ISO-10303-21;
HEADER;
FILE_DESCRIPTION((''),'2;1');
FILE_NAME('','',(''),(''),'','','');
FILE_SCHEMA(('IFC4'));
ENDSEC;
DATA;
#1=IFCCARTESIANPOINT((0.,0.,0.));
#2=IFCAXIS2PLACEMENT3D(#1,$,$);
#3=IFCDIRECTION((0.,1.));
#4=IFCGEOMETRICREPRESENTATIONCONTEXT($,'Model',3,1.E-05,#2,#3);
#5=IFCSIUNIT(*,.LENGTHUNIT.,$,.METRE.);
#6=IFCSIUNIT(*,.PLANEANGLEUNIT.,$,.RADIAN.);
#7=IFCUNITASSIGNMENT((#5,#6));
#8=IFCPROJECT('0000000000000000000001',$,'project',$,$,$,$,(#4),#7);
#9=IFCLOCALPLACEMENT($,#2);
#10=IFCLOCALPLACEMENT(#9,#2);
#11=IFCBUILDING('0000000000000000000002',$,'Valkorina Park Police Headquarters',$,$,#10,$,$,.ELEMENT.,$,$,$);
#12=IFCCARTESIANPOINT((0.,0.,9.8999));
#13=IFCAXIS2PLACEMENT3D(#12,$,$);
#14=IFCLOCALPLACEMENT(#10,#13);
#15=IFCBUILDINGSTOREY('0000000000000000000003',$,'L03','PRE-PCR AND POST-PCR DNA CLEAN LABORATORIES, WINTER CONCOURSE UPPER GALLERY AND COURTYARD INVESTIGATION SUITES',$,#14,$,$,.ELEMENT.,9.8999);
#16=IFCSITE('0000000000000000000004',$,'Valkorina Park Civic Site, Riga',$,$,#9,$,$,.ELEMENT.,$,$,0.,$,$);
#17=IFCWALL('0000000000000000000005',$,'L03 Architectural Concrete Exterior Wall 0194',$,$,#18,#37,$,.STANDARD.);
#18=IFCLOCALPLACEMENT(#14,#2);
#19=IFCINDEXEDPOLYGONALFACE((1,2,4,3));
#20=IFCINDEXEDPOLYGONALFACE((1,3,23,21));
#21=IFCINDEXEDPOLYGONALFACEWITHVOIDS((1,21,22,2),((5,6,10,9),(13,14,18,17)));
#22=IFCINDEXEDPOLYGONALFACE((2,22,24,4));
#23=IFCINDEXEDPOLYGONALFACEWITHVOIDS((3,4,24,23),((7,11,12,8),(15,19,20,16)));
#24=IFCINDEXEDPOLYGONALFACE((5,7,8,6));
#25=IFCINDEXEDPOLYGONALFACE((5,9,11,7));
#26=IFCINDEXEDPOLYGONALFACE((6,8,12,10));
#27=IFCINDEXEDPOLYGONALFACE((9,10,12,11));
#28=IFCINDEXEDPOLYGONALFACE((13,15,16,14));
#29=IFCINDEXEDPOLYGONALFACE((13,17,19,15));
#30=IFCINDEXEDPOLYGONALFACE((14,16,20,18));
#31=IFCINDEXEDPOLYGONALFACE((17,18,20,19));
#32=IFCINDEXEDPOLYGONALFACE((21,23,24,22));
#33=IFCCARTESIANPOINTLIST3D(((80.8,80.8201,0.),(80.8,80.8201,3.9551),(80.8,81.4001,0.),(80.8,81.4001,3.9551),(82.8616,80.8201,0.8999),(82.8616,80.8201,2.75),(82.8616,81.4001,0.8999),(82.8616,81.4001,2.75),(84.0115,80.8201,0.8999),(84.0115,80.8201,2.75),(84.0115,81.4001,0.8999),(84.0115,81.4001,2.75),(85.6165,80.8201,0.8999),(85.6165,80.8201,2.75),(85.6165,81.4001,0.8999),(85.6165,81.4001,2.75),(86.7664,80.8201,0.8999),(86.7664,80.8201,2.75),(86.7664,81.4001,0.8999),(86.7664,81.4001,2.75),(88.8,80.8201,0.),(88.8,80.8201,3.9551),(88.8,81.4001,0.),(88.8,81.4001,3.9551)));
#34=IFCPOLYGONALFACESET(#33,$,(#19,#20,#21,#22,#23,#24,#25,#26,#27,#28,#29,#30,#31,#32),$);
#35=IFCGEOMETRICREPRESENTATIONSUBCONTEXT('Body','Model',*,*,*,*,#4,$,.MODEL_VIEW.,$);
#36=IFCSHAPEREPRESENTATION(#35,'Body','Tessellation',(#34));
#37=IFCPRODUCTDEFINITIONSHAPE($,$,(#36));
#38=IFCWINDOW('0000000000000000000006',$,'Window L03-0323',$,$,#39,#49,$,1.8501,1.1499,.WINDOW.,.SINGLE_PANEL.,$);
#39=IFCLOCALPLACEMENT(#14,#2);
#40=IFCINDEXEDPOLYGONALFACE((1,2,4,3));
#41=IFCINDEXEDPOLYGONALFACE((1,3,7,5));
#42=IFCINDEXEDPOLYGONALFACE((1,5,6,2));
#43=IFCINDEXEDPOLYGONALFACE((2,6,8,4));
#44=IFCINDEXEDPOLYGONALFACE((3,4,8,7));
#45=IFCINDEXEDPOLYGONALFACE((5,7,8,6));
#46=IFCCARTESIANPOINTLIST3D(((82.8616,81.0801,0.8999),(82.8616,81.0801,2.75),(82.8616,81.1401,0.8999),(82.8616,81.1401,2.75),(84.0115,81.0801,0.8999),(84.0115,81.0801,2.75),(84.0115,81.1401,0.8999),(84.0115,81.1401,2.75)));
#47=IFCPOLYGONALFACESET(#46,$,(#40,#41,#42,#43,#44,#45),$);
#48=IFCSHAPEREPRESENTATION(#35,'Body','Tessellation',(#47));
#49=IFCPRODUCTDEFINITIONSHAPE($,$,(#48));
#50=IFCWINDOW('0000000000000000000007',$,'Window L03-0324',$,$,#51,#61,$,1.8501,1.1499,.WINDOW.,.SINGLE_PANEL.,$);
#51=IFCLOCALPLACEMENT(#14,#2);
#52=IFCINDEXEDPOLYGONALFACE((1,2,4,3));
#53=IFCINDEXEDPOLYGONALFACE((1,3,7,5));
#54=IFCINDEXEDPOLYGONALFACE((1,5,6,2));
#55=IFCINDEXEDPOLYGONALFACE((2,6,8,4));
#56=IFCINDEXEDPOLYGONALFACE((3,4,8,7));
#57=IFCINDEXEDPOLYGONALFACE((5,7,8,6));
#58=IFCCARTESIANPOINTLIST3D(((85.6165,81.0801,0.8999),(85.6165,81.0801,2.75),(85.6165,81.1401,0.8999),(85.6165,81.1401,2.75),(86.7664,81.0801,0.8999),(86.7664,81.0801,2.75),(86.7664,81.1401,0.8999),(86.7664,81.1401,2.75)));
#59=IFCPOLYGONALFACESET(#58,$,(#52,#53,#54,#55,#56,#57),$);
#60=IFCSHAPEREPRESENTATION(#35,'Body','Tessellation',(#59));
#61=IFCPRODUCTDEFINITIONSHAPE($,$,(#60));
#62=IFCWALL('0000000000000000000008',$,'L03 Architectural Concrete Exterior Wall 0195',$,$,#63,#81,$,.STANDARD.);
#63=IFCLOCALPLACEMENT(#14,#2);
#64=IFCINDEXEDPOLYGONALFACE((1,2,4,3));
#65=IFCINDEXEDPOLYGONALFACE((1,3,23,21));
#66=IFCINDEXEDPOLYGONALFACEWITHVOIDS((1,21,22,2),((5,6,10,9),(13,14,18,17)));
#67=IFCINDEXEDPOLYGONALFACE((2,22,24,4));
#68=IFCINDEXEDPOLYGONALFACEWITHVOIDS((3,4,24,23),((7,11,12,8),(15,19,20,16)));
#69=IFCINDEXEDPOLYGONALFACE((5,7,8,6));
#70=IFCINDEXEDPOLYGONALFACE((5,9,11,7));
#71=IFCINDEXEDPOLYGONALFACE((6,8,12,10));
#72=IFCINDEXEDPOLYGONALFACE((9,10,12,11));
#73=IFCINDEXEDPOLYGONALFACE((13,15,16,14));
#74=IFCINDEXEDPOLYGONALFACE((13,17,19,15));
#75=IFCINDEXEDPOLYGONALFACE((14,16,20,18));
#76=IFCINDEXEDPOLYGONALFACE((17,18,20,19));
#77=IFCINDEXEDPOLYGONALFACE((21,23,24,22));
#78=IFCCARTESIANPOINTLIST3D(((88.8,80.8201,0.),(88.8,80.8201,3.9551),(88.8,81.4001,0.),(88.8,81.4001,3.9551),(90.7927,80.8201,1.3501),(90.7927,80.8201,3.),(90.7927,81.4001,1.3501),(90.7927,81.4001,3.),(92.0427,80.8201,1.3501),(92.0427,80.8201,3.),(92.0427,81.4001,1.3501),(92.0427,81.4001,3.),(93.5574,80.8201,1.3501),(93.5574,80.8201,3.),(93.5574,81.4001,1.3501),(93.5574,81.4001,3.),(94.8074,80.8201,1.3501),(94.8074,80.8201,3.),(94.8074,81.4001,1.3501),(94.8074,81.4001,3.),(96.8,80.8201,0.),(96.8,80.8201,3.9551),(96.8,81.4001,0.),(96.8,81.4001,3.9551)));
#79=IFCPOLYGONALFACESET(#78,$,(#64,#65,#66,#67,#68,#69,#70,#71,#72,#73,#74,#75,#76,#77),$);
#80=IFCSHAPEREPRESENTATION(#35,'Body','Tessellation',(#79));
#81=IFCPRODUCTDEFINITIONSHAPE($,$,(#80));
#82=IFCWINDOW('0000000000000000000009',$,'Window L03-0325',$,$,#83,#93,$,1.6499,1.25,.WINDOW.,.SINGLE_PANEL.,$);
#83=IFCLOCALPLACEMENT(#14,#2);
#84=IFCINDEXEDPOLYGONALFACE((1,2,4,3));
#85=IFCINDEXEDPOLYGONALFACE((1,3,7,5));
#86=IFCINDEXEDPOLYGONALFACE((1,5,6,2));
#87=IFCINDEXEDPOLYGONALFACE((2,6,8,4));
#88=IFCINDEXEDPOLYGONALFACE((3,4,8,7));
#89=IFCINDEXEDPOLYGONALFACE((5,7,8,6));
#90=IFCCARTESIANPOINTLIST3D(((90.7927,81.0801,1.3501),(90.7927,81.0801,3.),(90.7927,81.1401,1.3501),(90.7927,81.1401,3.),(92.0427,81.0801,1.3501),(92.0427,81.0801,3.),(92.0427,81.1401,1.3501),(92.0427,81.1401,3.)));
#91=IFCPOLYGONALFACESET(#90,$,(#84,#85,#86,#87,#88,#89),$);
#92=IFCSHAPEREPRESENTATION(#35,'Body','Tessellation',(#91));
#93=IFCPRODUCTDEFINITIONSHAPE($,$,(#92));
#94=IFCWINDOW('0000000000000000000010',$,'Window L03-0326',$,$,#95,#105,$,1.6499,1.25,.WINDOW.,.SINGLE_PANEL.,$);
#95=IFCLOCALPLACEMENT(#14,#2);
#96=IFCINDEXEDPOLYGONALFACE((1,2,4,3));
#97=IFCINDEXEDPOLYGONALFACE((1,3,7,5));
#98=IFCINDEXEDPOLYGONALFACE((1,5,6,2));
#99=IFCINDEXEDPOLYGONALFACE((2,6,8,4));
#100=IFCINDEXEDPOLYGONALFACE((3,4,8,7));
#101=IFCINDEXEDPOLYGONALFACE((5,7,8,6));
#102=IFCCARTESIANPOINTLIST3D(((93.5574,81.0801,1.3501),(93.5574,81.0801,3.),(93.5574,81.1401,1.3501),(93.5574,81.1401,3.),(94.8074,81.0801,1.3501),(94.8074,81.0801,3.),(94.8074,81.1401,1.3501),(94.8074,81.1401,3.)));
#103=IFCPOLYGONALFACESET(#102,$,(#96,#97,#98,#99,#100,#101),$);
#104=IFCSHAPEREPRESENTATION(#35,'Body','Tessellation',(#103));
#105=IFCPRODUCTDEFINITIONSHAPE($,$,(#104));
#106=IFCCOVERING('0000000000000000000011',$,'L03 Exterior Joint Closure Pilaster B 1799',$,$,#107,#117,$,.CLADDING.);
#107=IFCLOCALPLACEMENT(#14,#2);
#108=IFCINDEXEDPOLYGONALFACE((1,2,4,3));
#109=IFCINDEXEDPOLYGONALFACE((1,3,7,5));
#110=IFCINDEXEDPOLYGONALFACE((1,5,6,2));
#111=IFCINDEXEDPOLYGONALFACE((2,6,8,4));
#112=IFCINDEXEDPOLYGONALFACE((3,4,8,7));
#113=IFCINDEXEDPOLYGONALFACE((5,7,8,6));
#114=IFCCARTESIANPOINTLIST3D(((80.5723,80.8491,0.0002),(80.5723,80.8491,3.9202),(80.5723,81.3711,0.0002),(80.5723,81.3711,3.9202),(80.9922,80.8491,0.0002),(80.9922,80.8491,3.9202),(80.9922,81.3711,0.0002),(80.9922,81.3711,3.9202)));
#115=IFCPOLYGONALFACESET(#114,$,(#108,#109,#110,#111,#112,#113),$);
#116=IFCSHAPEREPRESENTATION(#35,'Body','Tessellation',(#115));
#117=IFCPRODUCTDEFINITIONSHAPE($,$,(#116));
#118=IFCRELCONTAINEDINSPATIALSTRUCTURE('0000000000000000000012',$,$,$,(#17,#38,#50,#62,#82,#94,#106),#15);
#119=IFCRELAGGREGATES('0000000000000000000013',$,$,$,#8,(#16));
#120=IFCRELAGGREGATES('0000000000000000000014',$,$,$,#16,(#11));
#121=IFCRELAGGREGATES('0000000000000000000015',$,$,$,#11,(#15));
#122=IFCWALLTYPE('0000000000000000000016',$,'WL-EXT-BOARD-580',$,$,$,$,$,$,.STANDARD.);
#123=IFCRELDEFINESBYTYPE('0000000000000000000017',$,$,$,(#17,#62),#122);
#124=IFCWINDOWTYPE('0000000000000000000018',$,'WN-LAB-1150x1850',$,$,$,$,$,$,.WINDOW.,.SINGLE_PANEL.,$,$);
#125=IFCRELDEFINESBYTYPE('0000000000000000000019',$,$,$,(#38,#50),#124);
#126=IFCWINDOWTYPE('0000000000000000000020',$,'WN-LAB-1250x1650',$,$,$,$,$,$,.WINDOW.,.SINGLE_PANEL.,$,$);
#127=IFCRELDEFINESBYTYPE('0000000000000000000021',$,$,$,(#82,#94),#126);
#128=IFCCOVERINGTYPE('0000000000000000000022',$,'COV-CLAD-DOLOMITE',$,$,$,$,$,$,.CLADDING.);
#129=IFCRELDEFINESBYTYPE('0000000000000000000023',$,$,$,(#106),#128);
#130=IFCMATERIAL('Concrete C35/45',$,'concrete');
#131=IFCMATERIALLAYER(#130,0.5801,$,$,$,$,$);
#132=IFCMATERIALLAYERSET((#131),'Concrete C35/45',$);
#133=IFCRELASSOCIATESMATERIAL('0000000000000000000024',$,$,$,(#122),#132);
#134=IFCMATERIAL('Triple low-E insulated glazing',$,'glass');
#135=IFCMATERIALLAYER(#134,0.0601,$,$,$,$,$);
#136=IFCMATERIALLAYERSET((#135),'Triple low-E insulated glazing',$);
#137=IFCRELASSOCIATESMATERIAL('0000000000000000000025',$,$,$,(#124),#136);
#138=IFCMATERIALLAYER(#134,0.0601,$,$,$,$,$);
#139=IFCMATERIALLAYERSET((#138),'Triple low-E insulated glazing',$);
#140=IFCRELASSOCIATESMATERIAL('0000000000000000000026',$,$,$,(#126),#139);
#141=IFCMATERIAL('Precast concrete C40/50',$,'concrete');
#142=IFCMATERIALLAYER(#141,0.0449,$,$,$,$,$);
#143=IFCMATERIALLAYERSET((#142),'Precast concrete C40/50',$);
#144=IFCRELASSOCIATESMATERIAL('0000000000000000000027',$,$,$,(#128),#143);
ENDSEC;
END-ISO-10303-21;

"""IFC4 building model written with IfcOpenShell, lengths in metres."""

from ifc_helpers import new_model, si_unit, direction, frame, frame_2d, origin, origin_2d, place, context, subcontext, project, spatial, rectangle, extrude, material, layer, layer_set, type_object, element, fill, save


model = new_model("IFC4")

# Units and contexts
model_context = context("Model", 3, precision=1e-05, world=origin(), true_north=direction((0.0, 1.0)))
body_context = subcontext(model_context, "Body", "Model", "MODEL_VIEW")
ifc_project = project(units=[si_unit("LENGTHUNIT", "METRE"), si_unit("PLANEANGLEUNIT", "RADIAN")], contexts=[model_context])

# Site, building, storey
site_placement = place(None, origin())
site = spatial("IfcSite", under=ifc_project, at=site_placement, Name="Valkorina Park Civic Site, Riga", CompositionType="ELEMENT", RefElevation=0.0)
building_placement = place(site_placement, origin())
building = spatial("IfcBuilding", under=site, at=building_placement, Name="Valkorina Park Police Headquarters", CompositionType="ELEMENT")
storey_placement = place(building_placement, frame((0.0, 0.0, 9.8999)))
storey = spatial("IfcBuildingStorey", under=building, at=storey_placement, Name="L03", Description="PRE-PCR AND POST-PCR DNA CLEAN LABORATORIES, WINTER CONCOURSE UPPER GALLERY AND COURTYARD INVESTIGATION SUITES", CompositionType="ELEMENT", Elevation=9.8999)

# Walls, openings, windows
ifc_material_1 = material(Name="Concrete C35/45", Category="concrete")
ifc_layer_1 = layer(ifc_material_1, 0.5801)
ifc_layer_set_1 = layer_set([ifc_layer_1], Name="Concrete C35/45")
wall_type_1 = type_object("IfcWallType", Name="WL-EXT-BOARD-580", PredefinedType="STANDARD", material=ifc_layer_set_1)
wall_1_placement = place(storey_placement, frame((80.8, 81.1101, 0.0), z_axis=(0.0, 0.0, 1.0), x_axis=(1.0, 0.0, 0.0)))
wall_1 = element("IfcWall", 1, at=wall_1_placement, inside=storey, type_object=wall_type_1, Name="L03 Architectural Concrete Exterior Wall 0194", PredefinedType="STANDARD", context=body_context, shape_type="SweptSolid", body=[
    extrude(rectangle(XDim=8.0, YDim=0.5801, at=frame_2d((4.0, 0.0))), origin(), (0.0, 0.0, 1.0), 3.9551),
])
opening_1_placement = place(wall_1_placement, frame((2.0615, 0.0, 0.8999)))
opening_1 = element("IfcOpeningElement", 2, at=opening_1_placement, cuts=wall_1, PredefinedType="OPENING", context=body_context, shape_type="SweptSolid", body=[
    extrude(rectangle(XDim=1.1499, YDim=1.8501, at=frame_2d((0.575, 0.925))), frame((0.0, 0.3, 0.0), z_axis=(0.0, -1.0, 0.0), x_axis=(1.0, 0.0, 0.0)), (0.0, 0.0, 1.0), 0.6001),
])
opening_2_placement = place(wall_1_placement, frame((4.8164, 0.0, 0.8999)))
opening_2 = element("IfcOpeningElement", 3, at=opening_2_placement, cuts=wall_1, PredefinedType="OPENING", context=body_context, shape_type="SweptSolid", body=[
    extrude(rectangle(XDim=1.1499, YDim=1.8501, at=frame_2d((0.575, 0.925))), frame((0.0, 0.3, 0.0), z_axis=(0.0, -1.0, 0.0), x_axis=(1.0, 0.0, 0.0)), (0.0, 0.0, 1.0), 0.6001),
])
ifc_material_2 = material(Name="Triple low-E insulated glazing", Category="glass")
ifc_layer_2 = layer(ifc_material_2, 0.0601)
ifc_layer_set_2 = layer_set([ifc_layer_2], Name="Triple low-E insulated glazing")
window_type_1 = type_object("IfcWindowType", Name="WN-LAB-1150x1850", PartitioningType="SINGLE_PANEL", PredefinedType="WINDOW", material=ifc_layer_set_2)
window_1_placement = place(opening_1_placement, origin())
window_1 = element("IfcWindow", 4, at=window_1_placement, inside=storey, type_object=window_type_1, Name="Window L03-0323", OverallHeight=1.8501, OverallWidth=1.1499, PartitioningType="SINGLE_PANEL", PredefinedType="WINDOW", context=body_context, shape_type="SweptSolid", body=[
    extrude(rectangle(XDim=1.1499, YDim=1.8501, at=frame_2d((0.575, 0.925))), frame((0.0, 0.03, 0.0), z_axis=(0.0, -1.0, 0.0), x_axis=(1.0, 0.0, 0.0)), (0.0, 0.0, 1.0), 0.0601),
])
fill(opening_1, window_1)
window_2_placement = place(opening_2_placement, origin())
window_2 = element("IfcWindow", 5, at=window_2_placement, inside=storey, type_object=window_type_1, Name="Window L03-0324", OverallHeight=1.8501, OverallWidth=1.1499, PartitioningType="SINGLE_PANEL", PredefinedType="WINDOW", context=body_context, shape_type="SweptSolid", body=[
    extrude(rectangle(XDim=1.1499, YDim=1.8501, at=frame_2d((0.575, 0.925))), frame((0.0, 0.03, 0.0), z_axis=(0.0, -1.0, 0.0), x_axis=(1.0, 0.0, 0.0)), (0.0, 0.0, 1.0), 0.0601),
])
fill(opening_2, window_2)
wall_2_placement = place(storey_placement, frame((88.8, 81.1101, 0.0), z_axis=(0.0, 0.0, 1.0), x_axis=(1.0, 0.0, 0.0)))
wall_2 = element("IfcWall", 6, at=wall_2_placement, inside=storey, type_object=wall_type_1, Name="L03 Architectural Concrete Exterior Wall 0195", PredefinedType="STANDARD", context=body_context, shape_type="SweptSolid", body=[
    extrude(rectangle(XDim=8.0, YDim=0.5801, at=frame_2d((4.0, 0.0))), origin(), (0.0, 0.0, 1.0), 3.9551),
])
opening_3_placement = place(wall_2_placement, frame((1.9927, 0.0, 1.3501)))
opening_3 = element("IfcOpeningElement", 7, at=opening_3_placement, cuts=wall_2, PredefinedType="OPENING", context=body_context, shape_type="SweptSolid", body=[
    extrude(rectangle(XDim=1.25, YDim=1.6499, at=frame_2d((0.625, 0.825))), frame((0.0, 0.3, 0.0), z_axis=(0.0, -1.0, 0.0), x_axis=(1.0, 0.0, 0.0)), (0.0, 0.0, 1.0), 0.6001),
])
opening_4_placement = place(wall_2_placement, frame((4.7573, 0.0, 1.3501)))
opening_4 = element("IfcOpeningElement", 8, at=opening_4_placement, cuts=wall_2, PredefinedType="OPENING", context=body_context, shape_type="SweptSolid", body=[
    extrude(rectangle(XDim=1.25, YDim=1.6499, at=frame_2d((0.625, 0.825))), frame((0.0, 0.3, 0.0), z_axis=(0.0, -1.0, 0.0), x_axis=(1.0, 0.0, 0.0)), (0.0, 0.0, 1.0), 0.6001),
])
ifc_layer_3 = layer(ifc_material_2, 0.0601)
ifc_layer_set_3 = layer_set([ifc_layer_3], Name="Triple low-E insulated glazing")
window_type_2 = type_object("IfcWindowType", Name="WN-LAB-1250x1650", PartitioningType="SINGLE_PANEL", PredefinedType="WINDOW", material=ifc_layer_set_3)
window_3_placement = place(opening_3_placement, origin())
window_3 = element("IfcWindow", 9, at=window_3_placement, inside=storey, type_object=window_type_2, Name="Window L03-0325", OverallHeight=1.6499, OverallWidth=1.25, PartitioningType="SINGLE_PANEL", PredefinedType="WINDOW", context=body_context, shape_type="SweptSolid", body=[
    extrude(rectangle(XDim=1.25, YDim=1.6499, at=frame_2d((0.625, 0.825))), frame((0.0, 0.03, 0.0), z_axis=(0.0, -1.0, 0.0), x_axis=(1.0, 0.0, 0.0)), (0.0, 0.0, 1.0), 0.0601),
])
fill(opening_3, window_3)
window_4_placement = place(opening_4_placement, origin())
window_4 = element("IfcWindow", 10, at=window_4_placement, inside=storey, type_object=window_type_2, Name="Window L03-0326", OverallHeight=1.6499, OverallWidth=1.25, PartitioningType="SINGLE_PANEL", PredefinedType="WINDOW", context=body_context, shape_type="SweptSolid", body=[
    extrude(rectangle(XDim=1.25, YDim=1.6499, at=frame_2d((0.625, 0.825))), frame((0.0, 0.03, 0.0), z_axis=(0.0, -1.0, 0.0), x_axis=(1.0, 0.0, 0.0)), (0.0, 0.0, 1.0), 0.0601),
])
fill(opening_4, window_4)

# Covering
ifc_material_3 = material(Name="Precast concrete C40/50", Category="concrete")
ifc_layer_4 = layer(ifc_material_3, 0.0449)
ifc_layer_set_4 = layer_set([ifc_layer_4], Name="Precast concrete C40/50")
covering_type = type_object("IfcCoveringType", Name="COV-CLAD-DOLOMITE", PredefinedType="CLADDING", material=ifc_layer_set_4)
covering_placement = place(storey_placement, frame((80.7822, 81.1101, 0.0002), z_axis=(0.0, 0.0, 1.0), x_axis=(1.0, 0.0, 0.0)))
element("IfcCovering", 11, at=covering_placement, inside=storey, type_object=covering_type, Name="L03 Exterior Joint Closure Pilaster B 1799", PredefinedType="CLADDING", context=body_context, shape_type="SweptSolid", body=[
    extrude(rectangle(XDim=0.4199, YDim=0.522, at=origin_2d()), origin(), (0.0, 0.0, 1.0), 3.9199),
])

save(model, "model.ifc")
